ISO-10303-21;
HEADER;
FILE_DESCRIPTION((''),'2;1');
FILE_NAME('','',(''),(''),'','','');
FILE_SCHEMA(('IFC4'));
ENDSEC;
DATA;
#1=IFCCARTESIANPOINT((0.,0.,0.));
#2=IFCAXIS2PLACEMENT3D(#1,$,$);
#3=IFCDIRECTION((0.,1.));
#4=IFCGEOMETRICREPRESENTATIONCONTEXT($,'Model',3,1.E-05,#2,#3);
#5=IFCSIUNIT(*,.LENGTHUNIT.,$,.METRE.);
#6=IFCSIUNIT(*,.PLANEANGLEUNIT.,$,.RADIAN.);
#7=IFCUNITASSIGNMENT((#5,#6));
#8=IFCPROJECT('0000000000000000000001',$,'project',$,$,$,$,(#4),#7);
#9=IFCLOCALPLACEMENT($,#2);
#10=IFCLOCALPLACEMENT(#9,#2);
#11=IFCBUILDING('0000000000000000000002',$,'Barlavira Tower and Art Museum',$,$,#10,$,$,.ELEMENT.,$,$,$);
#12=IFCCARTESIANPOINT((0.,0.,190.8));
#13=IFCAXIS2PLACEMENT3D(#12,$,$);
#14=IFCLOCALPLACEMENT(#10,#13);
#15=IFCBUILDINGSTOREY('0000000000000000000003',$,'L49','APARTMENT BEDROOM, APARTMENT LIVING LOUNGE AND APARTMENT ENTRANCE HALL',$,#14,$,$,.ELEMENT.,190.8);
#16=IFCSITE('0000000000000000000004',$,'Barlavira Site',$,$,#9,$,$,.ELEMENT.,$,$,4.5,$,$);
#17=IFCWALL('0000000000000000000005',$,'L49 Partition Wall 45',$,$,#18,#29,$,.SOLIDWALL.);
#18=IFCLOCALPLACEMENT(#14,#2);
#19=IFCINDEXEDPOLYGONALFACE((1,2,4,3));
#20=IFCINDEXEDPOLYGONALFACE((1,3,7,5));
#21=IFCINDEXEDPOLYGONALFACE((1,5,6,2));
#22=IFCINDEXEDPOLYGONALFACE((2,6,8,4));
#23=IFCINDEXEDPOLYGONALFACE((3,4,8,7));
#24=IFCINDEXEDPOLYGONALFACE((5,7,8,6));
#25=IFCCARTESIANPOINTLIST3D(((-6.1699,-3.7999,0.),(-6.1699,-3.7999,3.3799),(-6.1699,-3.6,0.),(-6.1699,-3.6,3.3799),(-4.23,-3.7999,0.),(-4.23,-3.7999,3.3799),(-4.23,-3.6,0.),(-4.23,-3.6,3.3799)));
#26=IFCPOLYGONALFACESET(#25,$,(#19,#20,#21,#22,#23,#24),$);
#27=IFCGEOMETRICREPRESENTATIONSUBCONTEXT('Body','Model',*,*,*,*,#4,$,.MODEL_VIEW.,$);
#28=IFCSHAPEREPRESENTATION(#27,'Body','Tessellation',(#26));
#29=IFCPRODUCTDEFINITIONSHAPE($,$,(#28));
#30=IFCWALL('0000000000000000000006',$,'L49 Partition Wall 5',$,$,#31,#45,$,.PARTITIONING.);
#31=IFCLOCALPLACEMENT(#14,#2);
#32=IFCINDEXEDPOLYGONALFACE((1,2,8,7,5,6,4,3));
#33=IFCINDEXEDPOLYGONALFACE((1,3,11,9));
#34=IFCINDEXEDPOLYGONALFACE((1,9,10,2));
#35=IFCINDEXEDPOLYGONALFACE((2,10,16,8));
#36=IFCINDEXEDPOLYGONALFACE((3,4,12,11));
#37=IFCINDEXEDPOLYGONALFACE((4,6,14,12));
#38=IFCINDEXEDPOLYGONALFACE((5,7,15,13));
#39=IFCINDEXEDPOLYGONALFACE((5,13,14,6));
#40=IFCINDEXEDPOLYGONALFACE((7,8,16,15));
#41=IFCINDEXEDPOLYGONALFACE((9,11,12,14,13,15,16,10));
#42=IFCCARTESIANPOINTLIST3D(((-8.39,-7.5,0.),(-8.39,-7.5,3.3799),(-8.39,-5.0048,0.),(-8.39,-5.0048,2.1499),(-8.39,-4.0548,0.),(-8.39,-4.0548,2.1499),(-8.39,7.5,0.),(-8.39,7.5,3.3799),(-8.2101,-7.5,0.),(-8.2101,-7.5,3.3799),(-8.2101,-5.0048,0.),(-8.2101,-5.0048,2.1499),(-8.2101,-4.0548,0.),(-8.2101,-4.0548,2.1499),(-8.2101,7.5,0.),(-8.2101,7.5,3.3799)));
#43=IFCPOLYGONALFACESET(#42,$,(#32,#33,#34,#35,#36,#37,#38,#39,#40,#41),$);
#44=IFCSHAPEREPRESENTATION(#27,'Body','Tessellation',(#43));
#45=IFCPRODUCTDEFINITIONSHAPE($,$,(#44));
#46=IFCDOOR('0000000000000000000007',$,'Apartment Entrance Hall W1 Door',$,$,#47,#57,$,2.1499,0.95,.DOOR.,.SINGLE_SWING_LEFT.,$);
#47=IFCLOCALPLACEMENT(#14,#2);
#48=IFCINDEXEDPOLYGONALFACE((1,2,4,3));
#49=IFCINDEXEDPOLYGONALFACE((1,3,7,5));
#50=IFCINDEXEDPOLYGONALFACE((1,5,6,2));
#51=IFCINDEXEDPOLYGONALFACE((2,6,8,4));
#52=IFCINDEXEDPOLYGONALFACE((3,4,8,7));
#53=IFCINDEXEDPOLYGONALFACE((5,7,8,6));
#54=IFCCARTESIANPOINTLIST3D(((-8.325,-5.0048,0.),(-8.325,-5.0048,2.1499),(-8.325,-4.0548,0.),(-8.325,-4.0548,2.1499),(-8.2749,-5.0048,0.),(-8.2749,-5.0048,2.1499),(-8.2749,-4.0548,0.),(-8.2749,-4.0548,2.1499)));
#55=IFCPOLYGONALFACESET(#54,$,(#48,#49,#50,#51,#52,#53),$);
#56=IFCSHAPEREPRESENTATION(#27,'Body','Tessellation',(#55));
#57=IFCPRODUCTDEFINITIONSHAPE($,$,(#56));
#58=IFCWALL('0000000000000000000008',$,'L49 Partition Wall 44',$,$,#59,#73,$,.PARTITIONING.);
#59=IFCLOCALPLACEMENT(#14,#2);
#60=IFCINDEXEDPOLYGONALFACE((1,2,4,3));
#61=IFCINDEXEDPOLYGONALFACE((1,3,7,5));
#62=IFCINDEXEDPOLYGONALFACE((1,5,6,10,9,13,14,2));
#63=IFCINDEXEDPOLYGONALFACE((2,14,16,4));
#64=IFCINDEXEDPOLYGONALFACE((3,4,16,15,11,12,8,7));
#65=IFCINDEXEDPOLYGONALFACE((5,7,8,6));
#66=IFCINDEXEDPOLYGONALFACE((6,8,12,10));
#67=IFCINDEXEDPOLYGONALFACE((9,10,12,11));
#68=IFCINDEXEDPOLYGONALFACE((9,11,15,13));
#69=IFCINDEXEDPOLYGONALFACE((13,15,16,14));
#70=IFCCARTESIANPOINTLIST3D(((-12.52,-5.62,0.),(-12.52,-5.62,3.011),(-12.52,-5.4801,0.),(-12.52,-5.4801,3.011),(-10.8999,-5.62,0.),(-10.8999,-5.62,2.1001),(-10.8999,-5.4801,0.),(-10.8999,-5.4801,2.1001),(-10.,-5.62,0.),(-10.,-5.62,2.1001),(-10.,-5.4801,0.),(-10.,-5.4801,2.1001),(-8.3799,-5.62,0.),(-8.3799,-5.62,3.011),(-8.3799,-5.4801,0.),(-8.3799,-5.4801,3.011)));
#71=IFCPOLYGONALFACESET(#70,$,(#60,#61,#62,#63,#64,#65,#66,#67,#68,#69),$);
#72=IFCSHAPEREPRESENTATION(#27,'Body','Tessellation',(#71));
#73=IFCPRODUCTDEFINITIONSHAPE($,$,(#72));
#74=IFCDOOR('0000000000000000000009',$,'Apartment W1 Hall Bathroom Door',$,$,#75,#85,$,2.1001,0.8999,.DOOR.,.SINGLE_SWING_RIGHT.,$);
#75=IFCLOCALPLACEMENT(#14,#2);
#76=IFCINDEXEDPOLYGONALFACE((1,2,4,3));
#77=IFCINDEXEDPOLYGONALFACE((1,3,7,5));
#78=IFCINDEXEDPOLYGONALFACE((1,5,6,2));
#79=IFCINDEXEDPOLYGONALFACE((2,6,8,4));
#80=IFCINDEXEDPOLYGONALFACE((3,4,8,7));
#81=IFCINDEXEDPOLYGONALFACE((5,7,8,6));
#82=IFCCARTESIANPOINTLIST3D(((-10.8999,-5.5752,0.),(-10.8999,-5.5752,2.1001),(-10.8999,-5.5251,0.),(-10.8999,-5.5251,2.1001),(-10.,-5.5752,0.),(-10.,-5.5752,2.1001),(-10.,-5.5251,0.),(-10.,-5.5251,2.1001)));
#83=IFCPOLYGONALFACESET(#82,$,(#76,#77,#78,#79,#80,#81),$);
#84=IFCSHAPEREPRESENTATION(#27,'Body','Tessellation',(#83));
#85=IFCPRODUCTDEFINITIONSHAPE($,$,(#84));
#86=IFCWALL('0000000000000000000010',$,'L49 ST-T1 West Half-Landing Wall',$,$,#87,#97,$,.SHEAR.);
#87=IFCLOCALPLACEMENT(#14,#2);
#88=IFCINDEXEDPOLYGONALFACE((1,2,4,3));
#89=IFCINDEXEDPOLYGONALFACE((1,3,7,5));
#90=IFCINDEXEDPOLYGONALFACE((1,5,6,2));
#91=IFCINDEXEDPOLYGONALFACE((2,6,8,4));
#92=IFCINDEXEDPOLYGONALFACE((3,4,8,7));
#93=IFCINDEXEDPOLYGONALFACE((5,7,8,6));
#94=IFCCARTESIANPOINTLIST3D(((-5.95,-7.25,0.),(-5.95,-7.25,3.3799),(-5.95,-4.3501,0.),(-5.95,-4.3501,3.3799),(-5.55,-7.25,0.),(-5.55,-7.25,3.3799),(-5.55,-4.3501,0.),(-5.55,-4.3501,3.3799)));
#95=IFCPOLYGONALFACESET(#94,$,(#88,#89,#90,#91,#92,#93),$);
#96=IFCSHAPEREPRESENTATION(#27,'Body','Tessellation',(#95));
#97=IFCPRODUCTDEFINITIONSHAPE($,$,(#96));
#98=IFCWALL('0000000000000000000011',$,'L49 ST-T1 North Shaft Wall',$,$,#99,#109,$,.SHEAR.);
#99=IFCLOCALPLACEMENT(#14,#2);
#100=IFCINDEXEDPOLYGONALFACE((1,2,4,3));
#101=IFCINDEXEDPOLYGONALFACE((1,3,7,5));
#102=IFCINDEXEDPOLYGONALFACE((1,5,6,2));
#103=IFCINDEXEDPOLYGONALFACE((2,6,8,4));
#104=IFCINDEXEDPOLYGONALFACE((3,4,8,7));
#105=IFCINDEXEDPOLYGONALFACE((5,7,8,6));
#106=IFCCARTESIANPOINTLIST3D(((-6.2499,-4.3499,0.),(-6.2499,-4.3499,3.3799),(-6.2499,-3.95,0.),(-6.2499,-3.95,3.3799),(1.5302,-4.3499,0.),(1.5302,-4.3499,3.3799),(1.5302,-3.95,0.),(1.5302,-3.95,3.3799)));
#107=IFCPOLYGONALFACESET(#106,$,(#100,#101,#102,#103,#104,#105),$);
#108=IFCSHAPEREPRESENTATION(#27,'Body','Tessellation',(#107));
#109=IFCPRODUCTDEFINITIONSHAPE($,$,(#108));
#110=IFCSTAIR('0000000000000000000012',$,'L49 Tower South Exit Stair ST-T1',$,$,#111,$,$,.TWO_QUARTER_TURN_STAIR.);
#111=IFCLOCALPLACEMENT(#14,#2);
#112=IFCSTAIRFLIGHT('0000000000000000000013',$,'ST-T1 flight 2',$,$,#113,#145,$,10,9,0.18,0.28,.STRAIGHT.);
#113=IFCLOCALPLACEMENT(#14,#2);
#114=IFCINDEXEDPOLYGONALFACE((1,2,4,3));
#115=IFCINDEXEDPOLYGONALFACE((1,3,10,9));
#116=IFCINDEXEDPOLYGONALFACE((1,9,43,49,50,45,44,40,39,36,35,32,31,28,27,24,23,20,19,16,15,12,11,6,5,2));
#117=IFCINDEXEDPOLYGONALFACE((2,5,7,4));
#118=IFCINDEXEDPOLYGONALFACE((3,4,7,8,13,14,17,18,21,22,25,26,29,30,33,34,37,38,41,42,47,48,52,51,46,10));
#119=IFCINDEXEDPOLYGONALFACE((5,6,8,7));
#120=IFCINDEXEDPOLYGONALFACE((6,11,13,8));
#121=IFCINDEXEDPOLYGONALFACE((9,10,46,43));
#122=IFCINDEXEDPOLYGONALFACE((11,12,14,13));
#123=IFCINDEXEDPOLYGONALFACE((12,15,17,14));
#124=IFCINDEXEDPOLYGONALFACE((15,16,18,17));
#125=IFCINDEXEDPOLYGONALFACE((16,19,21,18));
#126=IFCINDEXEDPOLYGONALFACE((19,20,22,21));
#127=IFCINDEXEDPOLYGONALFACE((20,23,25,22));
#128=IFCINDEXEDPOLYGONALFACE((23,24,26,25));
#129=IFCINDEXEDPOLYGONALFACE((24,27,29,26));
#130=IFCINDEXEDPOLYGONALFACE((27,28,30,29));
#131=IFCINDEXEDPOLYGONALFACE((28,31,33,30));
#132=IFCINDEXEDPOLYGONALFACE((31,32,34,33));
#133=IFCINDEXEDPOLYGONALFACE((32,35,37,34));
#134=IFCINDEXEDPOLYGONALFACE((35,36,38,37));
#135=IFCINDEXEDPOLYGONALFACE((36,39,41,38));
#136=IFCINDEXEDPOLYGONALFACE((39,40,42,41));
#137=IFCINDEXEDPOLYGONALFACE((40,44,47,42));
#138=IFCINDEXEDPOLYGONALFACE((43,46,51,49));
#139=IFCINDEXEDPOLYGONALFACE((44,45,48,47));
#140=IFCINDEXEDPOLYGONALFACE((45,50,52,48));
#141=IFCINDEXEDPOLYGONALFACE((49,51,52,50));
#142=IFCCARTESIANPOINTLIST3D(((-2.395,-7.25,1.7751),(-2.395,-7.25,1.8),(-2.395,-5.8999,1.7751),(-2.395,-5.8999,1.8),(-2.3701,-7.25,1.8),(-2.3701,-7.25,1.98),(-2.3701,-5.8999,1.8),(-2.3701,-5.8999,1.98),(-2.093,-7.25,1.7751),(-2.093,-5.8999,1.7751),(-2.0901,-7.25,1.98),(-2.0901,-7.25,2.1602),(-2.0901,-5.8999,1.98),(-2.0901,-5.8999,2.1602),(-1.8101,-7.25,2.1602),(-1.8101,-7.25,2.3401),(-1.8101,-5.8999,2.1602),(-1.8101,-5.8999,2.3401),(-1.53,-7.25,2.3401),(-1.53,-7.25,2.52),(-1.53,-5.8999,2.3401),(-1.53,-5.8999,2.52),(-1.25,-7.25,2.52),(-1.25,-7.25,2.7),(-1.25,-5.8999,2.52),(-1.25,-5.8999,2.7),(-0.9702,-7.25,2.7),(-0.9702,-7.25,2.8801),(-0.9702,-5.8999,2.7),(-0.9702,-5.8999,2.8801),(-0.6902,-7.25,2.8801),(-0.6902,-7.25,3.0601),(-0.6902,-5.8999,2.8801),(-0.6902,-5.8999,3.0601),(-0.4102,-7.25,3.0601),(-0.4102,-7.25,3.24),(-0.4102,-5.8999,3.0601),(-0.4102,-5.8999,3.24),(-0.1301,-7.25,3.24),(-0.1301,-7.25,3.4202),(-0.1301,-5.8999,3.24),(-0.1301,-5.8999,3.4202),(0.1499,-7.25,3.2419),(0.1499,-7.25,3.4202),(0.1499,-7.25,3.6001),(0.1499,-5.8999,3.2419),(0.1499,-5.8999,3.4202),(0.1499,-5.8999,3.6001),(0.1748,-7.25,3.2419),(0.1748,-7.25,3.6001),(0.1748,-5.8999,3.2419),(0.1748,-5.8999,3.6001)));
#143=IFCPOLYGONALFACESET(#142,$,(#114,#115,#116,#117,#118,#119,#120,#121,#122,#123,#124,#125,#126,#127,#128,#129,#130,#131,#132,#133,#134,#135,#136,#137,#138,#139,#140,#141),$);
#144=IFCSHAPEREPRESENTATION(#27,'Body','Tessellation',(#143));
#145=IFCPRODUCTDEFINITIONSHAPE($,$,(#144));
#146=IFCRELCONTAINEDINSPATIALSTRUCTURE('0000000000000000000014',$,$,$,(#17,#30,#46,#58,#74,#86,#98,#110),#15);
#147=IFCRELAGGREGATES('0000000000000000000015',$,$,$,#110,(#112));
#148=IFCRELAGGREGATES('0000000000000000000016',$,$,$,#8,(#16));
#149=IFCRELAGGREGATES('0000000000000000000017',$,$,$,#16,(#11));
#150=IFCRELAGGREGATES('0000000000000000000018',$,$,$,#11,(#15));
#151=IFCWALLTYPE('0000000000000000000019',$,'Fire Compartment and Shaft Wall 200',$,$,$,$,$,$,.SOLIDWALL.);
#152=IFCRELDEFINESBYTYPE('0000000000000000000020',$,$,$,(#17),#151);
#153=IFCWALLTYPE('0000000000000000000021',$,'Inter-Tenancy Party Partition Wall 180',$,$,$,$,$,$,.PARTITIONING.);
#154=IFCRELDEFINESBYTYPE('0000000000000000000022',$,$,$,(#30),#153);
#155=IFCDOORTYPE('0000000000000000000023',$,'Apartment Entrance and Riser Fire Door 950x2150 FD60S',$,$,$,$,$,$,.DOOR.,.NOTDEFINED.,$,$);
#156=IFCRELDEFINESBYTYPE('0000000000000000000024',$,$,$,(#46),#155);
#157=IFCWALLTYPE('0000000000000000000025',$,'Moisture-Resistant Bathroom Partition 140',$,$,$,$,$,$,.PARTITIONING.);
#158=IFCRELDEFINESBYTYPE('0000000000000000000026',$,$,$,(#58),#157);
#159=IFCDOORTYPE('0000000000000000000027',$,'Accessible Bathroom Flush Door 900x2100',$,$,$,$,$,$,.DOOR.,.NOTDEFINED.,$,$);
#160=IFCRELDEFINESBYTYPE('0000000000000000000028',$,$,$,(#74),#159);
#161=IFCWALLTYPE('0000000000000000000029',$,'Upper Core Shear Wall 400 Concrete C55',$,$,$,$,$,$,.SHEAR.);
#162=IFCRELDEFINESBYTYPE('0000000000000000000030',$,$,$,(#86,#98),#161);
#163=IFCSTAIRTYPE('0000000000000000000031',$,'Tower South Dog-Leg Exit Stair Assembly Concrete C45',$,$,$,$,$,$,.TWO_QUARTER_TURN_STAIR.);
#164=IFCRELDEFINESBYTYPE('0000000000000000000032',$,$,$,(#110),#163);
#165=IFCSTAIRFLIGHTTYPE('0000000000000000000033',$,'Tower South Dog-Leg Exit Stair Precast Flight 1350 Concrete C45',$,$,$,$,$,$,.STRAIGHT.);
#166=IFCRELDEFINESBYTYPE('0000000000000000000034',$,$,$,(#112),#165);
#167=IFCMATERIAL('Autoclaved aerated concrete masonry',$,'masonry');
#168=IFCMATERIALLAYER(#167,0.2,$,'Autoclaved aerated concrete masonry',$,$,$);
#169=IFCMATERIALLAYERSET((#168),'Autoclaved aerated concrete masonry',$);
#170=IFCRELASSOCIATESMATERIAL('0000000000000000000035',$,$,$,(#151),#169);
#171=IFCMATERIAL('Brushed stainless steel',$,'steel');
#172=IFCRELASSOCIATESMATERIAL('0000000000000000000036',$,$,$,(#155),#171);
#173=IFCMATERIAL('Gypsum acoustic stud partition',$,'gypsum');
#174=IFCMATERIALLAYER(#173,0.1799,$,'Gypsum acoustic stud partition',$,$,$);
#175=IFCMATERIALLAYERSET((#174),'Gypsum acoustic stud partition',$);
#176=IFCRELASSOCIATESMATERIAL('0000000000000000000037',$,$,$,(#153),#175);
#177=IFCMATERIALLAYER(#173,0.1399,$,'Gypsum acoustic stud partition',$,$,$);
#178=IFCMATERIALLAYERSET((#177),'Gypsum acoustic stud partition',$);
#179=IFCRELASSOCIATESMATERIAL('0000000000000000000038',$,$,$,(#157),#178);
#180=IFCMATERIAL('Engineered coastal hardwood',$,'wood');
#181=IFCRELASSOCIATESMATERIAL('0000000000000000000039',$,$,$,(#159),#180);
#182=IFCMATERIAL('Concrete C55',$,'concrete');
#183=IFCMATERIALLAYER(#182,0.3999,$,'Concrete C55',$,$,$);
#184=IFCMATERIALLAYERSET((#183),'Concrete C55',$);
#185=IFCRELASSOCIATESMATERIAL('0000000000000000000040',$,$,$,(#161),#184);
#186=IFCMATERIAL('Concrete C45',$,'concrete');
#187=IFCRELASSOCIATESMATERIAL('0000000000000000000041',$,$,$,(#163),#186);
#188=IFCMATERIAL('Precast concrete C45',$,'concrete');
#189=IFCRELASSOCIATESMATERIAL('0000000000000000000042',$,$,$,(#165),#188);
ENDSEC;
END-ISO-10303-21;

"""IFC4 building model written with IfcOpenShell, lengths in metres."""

from ifc_helpers import new_model, si_unit, direction, frame, frame_2d, origin, place, context, subcontext, project, spatial, polyline, rectangle, outline, extrude, material, layer, layer_set, type_object, element, fill, aggregate, save


model = new_model("IFC4")

# Units and contexts
model_context = context("Model", 3, precision=1e-05, world=origin(), true_north=direction((0.0, 1.0)))
body_context = subcontext(model_context, "Body", "Model", "MODEL_VIEW")
ifc_project = project(units=[si_unit("LENGTHUNIT", "METRE"), si_unit("PLANEANGLEUNIT", "RADIAN")], contexts=[model_context])

# Site, building, storey
site_placement = place(None, origin())
site = spatial("IfcSite", under=ifc_project, at=site_placement, Name="Barlavira Site", CompositionType="ELEMENT", RefElevation=4.5)
building_placement = place(site_placement, origin())
building = spatial("IfcBuilding", under=site, at=building_placement, Name="Barlavira Tower and Art Museum", CompositionType="ELEMENT")
storey_placement = place(building_placement, frame((0.0, 0.0, 190.8)))
storey = spatial("IfcBuildingStorey", under=building, at=storey_placement, Name="L49", Description="APARTMENT BEDROOM, APARTMENT LIVING LOUNGE AND APARTMENT ENTRANCE HALL", CompositionType="ELEMENT", Elevation=190.8)

# Shared definitions
ifc_material_1 = material(Name="Gypsum acoustic stud partition", Category="gypsum")
ifc_material_2 = material(Name="Engineered coastal hardwood", Category="wood")

# Shared definitions
ifc_material_3 = material(Name="Autoclaved aerated concrete masonry", Category="masonry")
ifc_layer_1 = layer(ifc_material_3, 0.2, Name="Autoclaved aerated concrete masonry")
ifc_layer_set_1 = layer_set([ifc_layer_1], Name="Autoclaved aerated concrete masonry")
wall_type_1 = type_object("IfcWallType", Name="Fire Compartment and Shaft Wall 200", PredefinedType="SOLIDWALL", material=ifc_layer_set_1)

# Shared definitions
ifc_material_4 = material(Name="Brushed stainless steel", Category="steel")
door_type_1 = type_object("IfcDoorType", Name="Apartment Entrance and Riser Fire Door 950x2150 FD60S", OperationType="NOTDEFINED", PredefinedType="DOOR", material=ifc_material_4)

# Wall
wall_1_placement = place(storey_placement, frame((-6.1699, -3.7, 0.0), z_axis=(0.0, 0.0, 1.0), x_axis=(1.0, 0.0, 0.0)))
element("IfcWall", 1, at=wall_1_placement, inside=storey, type_object=wall_type_1, Name="L49 Partition Wall 45", PredefinedType="SOLIDWALL", context=body_context, shape_type="SweptSolid", body=[
    extrude(rectangle(XDim=1.9399, YDim=0.2, at=frame_2d((0.97, 0.0))), origin(), (0.0, 0.0, 1.0), 3.3799),
])

# Walls, openings, doors
ifc_layer_2 = layer(ifc_material_1, 0.1799, Name="Gypsum acoustic stud partition")
ifc_layer_set_2 = layer_set([ifc_layer_2], Name="Gypsum acoustic stud partition")
wall_type_2 = type_object("IfcWallType", Name="Inter-Tenancy Party Partition Wall 180", PredefinedType="PARTITIONING", material=ifc_layer_set_2)
wall_2_placement = place(storey_placement, frame((-8.3, -7.5, 0.0), z_axis=(0.0, 0.0, 1.0), x_axis=(0.0, 1.0, 0.0)))
wall_2 = element("IfcWall", 2, at=wall_2_placement, inside=storey, type_object=wall_type_2, Name="L49 Partition Wall 5", PredefinedType="PARTITIONING", context=body_context, shape_type="SweptSolid", body=[
    extrude(rectangle(XDim=15.0, YDim=0.1799, at=frame_2d((7.5, 0.0))), origin(), (0.0, 0.0, 1.0), 3.3799),
])
opening_1_placement = place(wall_2_placement, frame((2.4951, 0.0, 0.0)))
opening_1 = element("IfcOpeningElement", 3, at=opening_1_placement, cuts=wall_2, PredefinedType="OPENING", context=body_context, shape_type="SweptSolid", body=[
    extrude(rectangle(XDim=0.95, YDim=2.1499, at=frame_2d((0.4751, 1.075))), frame((0.0, 0.1001, 0.0), z_axis=(0.0, -1.0, 0.0), x_axis=(1.0, 0.0, 0.0)), (0.0, 0.0, 1.0), 0.2),
])
door_1_placement = place(opening_1_placement, origin())
door_1 = element("IfcDoor", 4, at=door_1_placement, inside=storey, type_object=door_type_1, Name="Apartment Entrance Hall W1 Door", OperationType="SINGLE_SWING_LEFT", OverallHeight=2.1499, OverallWidth=0.95, PredefinedType="DOOR", context=body_context, shape_type="SweptSolid", body=[
    extrude(rectangle(XDim=0.95, YDim=2.1499, at=frame_2d((0.4751, 1.075))), frame((0.0, 0.0249, 0.0), z_axis=(0.0, -1.0, 0.0), x_axis=(1.0, 0.0, 0.0)), (0.0, 0.0, 1.0), 0.05),
])
fill(opening_1, door_1)
ifc_layer_3 = layer(ifc_material_1, 0.1399, Name="Gypsum acoustic stud partition")
ifc_layer_set_3 = layer_set([ifc_layer_3], Name="Gypsum acoustic stud partition")
wall_type_3 = type_object("IfcWallType", Name="Moisture-Resistant Bathroom Partition 140", PredefinedType="PARTITIONING", material=ifc_layer_set_3)
wall_3_placement = place(storey_placement, frame((-12.52, -5.55, 0.0), z_axis=(0.0, 0.0, 1.0), x_axis=(1.0, 0.0, 0.0)))
wall_3 = element("IfcWall", 5, at=wall_3_placement, inside=storey, type_object=wall_type_3, Name="L49 Partition Wall 44", PredefinedType="PARTITIONING", context=body_context, shape_type="SweptSolid", body=[
    extrude(rectangle(XDim=4.1401, YDim=0.1399, at=frame_2d((2.0701, 0.0))), origin(), (0.0, 0.0, 1.0), 3.011),
])
opening_2_placement = place(wall_3_placement, frame((1.6201, 0.0, 0.0)))
opening_2 = element("IfcOpeningElement", 6, at=opening_2_placement, cuts=wall_3, PredefinedType="OPENING", context=body_context, shape_type="SweptSolid", body=[
    extrude(rectangle(XDim=0.8999, YDim=2.1001, at=frame_2d((0.45, 1.05))), frame((0.0, 0.0801, 0.0), z_axis=(0.0, -1.0, 0.0), x_axis=(1.0, 0.0, 0.0)), (0.0, 0.0, 1.0), 0.1599),
])
door_type_2 = type_object("IfcDoorType", Name="Accessible Bathroom Flush Door 900x2100", OperationType="NOTDEFINED", PredefinedType="DOOR", material=ifc_material_2)
door_2_placement = place(opening_2_placement, origin())
door_2 = element("IfcDoor", 7, at=door_2_placement, inside=storey, type_object=door_type_2, Name="Apartment W1 Hall Bathroom Door", OperationType="SINGLE_SWING_RIGHT", OverallHeight=2.1001, OverallWidth=0.8999, PredefinedType="DOOR", context=body_context, shape_type="SweptSolid", body=[
    extrude(rectangle(XDim=0.8999, YDim=2.1001, at=frame_2d((0.45, 1.05))), frame((0.0, 0.0249, 0.0), z_axis=(0.0, -1.0, 0.0), x_axis=(1.0, 0.0, 0.0)), (0.0, 0.0, 1.0), 0.05),
])
fill(opening_2, door_2)

# Walls
ifc_material_5 = material(Name="Concrete C55", Category="concrete")
ifc_layer_4 = layer(ifc_material_5, 0.3999, Name="Concrete C55")
ifc_layer_set_4 = layer_set([ifc_layer_4], Name="Concrete C55")
wall_type_4 = type_object("IfcWallType", Name="Upper Core Shear Wall 400 Concrete C55", PredefinedType="SHEAR", material=ifc_layer_set_4)
wall_4_placement = place(storey_placement, frame((-5.75, -7.25, 0.0), z_axis=(0.0, 0.0, 1.0), x_axis=(0.0, 1.0, 0.0)))
element("IfcWall", 8, at=wall_4_placement, inside=storey, type_object=wall_type_4, Name="L49 ST-T1 West Half-Landing Wall", PredefinedType="SHEAR", context=body_context, shape_type="SweptSolid", body=[
    extrude(rectangle(XDim=2.8999, YDim=0.3999, at=frame_2d((1.45, 0.0))), origin(), (0.0, 0.0, 1.0), 3.3799),
])
wall_5_placement = place(storey_placement, frame((-6.25, -4.1499, 0.0), z_axis=(0.0, 0.0, 1.0), x_axis=(1.0, 0.0, 0.0)))
element("IfcWall", 9, at=wall_5_placement, inside=storey, type_object=wall_type_4, Name="L49 ST-T1 North Shaft Wall", PredefinedType="SHEAR", context=body_context, shape_type="SweptSolid", body=[
    extrude(rectangle(XDim=7.78, YDim=0.3999, at=frame_2d((3.8901, 0.0))), origin(), (0.0, 0.0, 1.0), 3.3799),
])

# Stair, stair flight
ifc_material_6 = material(Name="Concrete C45", Category="concrete")
stair_type = type_object("IfcStairType", Name="Tower South Dog-Leg Exit Stair Assembly Concrete C45", PredefinedType="TWO_QUARTER_TURN_STAIR", material=ifc_material_6)
stair_placement = place(storey_placement, origin())
stair = element("IfcStair", 10, at=stair_placement, inside=storey, type_object=stair_type, Name="L49 Tower South Exit Stair ST-T1", PredefinedType="TWO_QUARTER_TURN_STAIR")
ifc_material_7 = material(Name="Precast concrete C45", Category="concrete")
stair_flight_type = type_object("IfcStairFlightType", Name="Tower South Dog-Leg Exit Stair Precast Flight 1350 Concrete C45", PredefinedType="STRAIGHT", material=ifc_material_7)
stair_flight_placement = place(storey_placement, frame((-2.3701, -6.575, 1.8), z_axis=(0.0, 0.0, 1.0), x_axis=(1.0, 0.0, 0.0)))
stair_flight = element("IfcStairFlight", 11, at=stair_flight_placement, type_object=stair_flight_type, Name="ST-T1 flight 2", NumberOfRisers=10, NumberOfTreads=9, PredefinedType="STRAIGHT", RiserHeight=0.18, TreadLength=0.28, context=body_context, shape_type="SweptSolid", body=[
    extrude(outline(polyline([(-0.0249, 0.0), (0.0, 0.0), (0.0, 0.1799), (0.28, 0.1799), (0.28, 0.3601), (0.5601, 0.3601), (0.5601, 0.54), (0.8401, 0.54), (0.8401, 0.72), (1.1201, 0.72), (1.1201, 0.8999), (1.3999, 0.8999), (1.3999, 1.0801), (1.6799, 1.0801), (1.6799, 1.26), (1.96, 1.26), (1.96, 1.4399), (2.24, 1.4399), (2.24, 1.6201), (2.52, 1.6201), (2.52, 1.8), (2.5449, 1.8), (2.5449, 1.4419), (2.52, 1.4419), (0.2771, -0.0249), (-0.0249, -0.0249), (-0.0249, 0.0)])), frame((0.0, 0.675, 0.0), z_axis=(0.0, -1.0, 0.0), x_axis=(1.0, 0.0, 0.0)), (0.0, 0.0, 1.0), 1.3501),
])
aggregate(stair, [stair_flight])

save(model, "model.ifc")
